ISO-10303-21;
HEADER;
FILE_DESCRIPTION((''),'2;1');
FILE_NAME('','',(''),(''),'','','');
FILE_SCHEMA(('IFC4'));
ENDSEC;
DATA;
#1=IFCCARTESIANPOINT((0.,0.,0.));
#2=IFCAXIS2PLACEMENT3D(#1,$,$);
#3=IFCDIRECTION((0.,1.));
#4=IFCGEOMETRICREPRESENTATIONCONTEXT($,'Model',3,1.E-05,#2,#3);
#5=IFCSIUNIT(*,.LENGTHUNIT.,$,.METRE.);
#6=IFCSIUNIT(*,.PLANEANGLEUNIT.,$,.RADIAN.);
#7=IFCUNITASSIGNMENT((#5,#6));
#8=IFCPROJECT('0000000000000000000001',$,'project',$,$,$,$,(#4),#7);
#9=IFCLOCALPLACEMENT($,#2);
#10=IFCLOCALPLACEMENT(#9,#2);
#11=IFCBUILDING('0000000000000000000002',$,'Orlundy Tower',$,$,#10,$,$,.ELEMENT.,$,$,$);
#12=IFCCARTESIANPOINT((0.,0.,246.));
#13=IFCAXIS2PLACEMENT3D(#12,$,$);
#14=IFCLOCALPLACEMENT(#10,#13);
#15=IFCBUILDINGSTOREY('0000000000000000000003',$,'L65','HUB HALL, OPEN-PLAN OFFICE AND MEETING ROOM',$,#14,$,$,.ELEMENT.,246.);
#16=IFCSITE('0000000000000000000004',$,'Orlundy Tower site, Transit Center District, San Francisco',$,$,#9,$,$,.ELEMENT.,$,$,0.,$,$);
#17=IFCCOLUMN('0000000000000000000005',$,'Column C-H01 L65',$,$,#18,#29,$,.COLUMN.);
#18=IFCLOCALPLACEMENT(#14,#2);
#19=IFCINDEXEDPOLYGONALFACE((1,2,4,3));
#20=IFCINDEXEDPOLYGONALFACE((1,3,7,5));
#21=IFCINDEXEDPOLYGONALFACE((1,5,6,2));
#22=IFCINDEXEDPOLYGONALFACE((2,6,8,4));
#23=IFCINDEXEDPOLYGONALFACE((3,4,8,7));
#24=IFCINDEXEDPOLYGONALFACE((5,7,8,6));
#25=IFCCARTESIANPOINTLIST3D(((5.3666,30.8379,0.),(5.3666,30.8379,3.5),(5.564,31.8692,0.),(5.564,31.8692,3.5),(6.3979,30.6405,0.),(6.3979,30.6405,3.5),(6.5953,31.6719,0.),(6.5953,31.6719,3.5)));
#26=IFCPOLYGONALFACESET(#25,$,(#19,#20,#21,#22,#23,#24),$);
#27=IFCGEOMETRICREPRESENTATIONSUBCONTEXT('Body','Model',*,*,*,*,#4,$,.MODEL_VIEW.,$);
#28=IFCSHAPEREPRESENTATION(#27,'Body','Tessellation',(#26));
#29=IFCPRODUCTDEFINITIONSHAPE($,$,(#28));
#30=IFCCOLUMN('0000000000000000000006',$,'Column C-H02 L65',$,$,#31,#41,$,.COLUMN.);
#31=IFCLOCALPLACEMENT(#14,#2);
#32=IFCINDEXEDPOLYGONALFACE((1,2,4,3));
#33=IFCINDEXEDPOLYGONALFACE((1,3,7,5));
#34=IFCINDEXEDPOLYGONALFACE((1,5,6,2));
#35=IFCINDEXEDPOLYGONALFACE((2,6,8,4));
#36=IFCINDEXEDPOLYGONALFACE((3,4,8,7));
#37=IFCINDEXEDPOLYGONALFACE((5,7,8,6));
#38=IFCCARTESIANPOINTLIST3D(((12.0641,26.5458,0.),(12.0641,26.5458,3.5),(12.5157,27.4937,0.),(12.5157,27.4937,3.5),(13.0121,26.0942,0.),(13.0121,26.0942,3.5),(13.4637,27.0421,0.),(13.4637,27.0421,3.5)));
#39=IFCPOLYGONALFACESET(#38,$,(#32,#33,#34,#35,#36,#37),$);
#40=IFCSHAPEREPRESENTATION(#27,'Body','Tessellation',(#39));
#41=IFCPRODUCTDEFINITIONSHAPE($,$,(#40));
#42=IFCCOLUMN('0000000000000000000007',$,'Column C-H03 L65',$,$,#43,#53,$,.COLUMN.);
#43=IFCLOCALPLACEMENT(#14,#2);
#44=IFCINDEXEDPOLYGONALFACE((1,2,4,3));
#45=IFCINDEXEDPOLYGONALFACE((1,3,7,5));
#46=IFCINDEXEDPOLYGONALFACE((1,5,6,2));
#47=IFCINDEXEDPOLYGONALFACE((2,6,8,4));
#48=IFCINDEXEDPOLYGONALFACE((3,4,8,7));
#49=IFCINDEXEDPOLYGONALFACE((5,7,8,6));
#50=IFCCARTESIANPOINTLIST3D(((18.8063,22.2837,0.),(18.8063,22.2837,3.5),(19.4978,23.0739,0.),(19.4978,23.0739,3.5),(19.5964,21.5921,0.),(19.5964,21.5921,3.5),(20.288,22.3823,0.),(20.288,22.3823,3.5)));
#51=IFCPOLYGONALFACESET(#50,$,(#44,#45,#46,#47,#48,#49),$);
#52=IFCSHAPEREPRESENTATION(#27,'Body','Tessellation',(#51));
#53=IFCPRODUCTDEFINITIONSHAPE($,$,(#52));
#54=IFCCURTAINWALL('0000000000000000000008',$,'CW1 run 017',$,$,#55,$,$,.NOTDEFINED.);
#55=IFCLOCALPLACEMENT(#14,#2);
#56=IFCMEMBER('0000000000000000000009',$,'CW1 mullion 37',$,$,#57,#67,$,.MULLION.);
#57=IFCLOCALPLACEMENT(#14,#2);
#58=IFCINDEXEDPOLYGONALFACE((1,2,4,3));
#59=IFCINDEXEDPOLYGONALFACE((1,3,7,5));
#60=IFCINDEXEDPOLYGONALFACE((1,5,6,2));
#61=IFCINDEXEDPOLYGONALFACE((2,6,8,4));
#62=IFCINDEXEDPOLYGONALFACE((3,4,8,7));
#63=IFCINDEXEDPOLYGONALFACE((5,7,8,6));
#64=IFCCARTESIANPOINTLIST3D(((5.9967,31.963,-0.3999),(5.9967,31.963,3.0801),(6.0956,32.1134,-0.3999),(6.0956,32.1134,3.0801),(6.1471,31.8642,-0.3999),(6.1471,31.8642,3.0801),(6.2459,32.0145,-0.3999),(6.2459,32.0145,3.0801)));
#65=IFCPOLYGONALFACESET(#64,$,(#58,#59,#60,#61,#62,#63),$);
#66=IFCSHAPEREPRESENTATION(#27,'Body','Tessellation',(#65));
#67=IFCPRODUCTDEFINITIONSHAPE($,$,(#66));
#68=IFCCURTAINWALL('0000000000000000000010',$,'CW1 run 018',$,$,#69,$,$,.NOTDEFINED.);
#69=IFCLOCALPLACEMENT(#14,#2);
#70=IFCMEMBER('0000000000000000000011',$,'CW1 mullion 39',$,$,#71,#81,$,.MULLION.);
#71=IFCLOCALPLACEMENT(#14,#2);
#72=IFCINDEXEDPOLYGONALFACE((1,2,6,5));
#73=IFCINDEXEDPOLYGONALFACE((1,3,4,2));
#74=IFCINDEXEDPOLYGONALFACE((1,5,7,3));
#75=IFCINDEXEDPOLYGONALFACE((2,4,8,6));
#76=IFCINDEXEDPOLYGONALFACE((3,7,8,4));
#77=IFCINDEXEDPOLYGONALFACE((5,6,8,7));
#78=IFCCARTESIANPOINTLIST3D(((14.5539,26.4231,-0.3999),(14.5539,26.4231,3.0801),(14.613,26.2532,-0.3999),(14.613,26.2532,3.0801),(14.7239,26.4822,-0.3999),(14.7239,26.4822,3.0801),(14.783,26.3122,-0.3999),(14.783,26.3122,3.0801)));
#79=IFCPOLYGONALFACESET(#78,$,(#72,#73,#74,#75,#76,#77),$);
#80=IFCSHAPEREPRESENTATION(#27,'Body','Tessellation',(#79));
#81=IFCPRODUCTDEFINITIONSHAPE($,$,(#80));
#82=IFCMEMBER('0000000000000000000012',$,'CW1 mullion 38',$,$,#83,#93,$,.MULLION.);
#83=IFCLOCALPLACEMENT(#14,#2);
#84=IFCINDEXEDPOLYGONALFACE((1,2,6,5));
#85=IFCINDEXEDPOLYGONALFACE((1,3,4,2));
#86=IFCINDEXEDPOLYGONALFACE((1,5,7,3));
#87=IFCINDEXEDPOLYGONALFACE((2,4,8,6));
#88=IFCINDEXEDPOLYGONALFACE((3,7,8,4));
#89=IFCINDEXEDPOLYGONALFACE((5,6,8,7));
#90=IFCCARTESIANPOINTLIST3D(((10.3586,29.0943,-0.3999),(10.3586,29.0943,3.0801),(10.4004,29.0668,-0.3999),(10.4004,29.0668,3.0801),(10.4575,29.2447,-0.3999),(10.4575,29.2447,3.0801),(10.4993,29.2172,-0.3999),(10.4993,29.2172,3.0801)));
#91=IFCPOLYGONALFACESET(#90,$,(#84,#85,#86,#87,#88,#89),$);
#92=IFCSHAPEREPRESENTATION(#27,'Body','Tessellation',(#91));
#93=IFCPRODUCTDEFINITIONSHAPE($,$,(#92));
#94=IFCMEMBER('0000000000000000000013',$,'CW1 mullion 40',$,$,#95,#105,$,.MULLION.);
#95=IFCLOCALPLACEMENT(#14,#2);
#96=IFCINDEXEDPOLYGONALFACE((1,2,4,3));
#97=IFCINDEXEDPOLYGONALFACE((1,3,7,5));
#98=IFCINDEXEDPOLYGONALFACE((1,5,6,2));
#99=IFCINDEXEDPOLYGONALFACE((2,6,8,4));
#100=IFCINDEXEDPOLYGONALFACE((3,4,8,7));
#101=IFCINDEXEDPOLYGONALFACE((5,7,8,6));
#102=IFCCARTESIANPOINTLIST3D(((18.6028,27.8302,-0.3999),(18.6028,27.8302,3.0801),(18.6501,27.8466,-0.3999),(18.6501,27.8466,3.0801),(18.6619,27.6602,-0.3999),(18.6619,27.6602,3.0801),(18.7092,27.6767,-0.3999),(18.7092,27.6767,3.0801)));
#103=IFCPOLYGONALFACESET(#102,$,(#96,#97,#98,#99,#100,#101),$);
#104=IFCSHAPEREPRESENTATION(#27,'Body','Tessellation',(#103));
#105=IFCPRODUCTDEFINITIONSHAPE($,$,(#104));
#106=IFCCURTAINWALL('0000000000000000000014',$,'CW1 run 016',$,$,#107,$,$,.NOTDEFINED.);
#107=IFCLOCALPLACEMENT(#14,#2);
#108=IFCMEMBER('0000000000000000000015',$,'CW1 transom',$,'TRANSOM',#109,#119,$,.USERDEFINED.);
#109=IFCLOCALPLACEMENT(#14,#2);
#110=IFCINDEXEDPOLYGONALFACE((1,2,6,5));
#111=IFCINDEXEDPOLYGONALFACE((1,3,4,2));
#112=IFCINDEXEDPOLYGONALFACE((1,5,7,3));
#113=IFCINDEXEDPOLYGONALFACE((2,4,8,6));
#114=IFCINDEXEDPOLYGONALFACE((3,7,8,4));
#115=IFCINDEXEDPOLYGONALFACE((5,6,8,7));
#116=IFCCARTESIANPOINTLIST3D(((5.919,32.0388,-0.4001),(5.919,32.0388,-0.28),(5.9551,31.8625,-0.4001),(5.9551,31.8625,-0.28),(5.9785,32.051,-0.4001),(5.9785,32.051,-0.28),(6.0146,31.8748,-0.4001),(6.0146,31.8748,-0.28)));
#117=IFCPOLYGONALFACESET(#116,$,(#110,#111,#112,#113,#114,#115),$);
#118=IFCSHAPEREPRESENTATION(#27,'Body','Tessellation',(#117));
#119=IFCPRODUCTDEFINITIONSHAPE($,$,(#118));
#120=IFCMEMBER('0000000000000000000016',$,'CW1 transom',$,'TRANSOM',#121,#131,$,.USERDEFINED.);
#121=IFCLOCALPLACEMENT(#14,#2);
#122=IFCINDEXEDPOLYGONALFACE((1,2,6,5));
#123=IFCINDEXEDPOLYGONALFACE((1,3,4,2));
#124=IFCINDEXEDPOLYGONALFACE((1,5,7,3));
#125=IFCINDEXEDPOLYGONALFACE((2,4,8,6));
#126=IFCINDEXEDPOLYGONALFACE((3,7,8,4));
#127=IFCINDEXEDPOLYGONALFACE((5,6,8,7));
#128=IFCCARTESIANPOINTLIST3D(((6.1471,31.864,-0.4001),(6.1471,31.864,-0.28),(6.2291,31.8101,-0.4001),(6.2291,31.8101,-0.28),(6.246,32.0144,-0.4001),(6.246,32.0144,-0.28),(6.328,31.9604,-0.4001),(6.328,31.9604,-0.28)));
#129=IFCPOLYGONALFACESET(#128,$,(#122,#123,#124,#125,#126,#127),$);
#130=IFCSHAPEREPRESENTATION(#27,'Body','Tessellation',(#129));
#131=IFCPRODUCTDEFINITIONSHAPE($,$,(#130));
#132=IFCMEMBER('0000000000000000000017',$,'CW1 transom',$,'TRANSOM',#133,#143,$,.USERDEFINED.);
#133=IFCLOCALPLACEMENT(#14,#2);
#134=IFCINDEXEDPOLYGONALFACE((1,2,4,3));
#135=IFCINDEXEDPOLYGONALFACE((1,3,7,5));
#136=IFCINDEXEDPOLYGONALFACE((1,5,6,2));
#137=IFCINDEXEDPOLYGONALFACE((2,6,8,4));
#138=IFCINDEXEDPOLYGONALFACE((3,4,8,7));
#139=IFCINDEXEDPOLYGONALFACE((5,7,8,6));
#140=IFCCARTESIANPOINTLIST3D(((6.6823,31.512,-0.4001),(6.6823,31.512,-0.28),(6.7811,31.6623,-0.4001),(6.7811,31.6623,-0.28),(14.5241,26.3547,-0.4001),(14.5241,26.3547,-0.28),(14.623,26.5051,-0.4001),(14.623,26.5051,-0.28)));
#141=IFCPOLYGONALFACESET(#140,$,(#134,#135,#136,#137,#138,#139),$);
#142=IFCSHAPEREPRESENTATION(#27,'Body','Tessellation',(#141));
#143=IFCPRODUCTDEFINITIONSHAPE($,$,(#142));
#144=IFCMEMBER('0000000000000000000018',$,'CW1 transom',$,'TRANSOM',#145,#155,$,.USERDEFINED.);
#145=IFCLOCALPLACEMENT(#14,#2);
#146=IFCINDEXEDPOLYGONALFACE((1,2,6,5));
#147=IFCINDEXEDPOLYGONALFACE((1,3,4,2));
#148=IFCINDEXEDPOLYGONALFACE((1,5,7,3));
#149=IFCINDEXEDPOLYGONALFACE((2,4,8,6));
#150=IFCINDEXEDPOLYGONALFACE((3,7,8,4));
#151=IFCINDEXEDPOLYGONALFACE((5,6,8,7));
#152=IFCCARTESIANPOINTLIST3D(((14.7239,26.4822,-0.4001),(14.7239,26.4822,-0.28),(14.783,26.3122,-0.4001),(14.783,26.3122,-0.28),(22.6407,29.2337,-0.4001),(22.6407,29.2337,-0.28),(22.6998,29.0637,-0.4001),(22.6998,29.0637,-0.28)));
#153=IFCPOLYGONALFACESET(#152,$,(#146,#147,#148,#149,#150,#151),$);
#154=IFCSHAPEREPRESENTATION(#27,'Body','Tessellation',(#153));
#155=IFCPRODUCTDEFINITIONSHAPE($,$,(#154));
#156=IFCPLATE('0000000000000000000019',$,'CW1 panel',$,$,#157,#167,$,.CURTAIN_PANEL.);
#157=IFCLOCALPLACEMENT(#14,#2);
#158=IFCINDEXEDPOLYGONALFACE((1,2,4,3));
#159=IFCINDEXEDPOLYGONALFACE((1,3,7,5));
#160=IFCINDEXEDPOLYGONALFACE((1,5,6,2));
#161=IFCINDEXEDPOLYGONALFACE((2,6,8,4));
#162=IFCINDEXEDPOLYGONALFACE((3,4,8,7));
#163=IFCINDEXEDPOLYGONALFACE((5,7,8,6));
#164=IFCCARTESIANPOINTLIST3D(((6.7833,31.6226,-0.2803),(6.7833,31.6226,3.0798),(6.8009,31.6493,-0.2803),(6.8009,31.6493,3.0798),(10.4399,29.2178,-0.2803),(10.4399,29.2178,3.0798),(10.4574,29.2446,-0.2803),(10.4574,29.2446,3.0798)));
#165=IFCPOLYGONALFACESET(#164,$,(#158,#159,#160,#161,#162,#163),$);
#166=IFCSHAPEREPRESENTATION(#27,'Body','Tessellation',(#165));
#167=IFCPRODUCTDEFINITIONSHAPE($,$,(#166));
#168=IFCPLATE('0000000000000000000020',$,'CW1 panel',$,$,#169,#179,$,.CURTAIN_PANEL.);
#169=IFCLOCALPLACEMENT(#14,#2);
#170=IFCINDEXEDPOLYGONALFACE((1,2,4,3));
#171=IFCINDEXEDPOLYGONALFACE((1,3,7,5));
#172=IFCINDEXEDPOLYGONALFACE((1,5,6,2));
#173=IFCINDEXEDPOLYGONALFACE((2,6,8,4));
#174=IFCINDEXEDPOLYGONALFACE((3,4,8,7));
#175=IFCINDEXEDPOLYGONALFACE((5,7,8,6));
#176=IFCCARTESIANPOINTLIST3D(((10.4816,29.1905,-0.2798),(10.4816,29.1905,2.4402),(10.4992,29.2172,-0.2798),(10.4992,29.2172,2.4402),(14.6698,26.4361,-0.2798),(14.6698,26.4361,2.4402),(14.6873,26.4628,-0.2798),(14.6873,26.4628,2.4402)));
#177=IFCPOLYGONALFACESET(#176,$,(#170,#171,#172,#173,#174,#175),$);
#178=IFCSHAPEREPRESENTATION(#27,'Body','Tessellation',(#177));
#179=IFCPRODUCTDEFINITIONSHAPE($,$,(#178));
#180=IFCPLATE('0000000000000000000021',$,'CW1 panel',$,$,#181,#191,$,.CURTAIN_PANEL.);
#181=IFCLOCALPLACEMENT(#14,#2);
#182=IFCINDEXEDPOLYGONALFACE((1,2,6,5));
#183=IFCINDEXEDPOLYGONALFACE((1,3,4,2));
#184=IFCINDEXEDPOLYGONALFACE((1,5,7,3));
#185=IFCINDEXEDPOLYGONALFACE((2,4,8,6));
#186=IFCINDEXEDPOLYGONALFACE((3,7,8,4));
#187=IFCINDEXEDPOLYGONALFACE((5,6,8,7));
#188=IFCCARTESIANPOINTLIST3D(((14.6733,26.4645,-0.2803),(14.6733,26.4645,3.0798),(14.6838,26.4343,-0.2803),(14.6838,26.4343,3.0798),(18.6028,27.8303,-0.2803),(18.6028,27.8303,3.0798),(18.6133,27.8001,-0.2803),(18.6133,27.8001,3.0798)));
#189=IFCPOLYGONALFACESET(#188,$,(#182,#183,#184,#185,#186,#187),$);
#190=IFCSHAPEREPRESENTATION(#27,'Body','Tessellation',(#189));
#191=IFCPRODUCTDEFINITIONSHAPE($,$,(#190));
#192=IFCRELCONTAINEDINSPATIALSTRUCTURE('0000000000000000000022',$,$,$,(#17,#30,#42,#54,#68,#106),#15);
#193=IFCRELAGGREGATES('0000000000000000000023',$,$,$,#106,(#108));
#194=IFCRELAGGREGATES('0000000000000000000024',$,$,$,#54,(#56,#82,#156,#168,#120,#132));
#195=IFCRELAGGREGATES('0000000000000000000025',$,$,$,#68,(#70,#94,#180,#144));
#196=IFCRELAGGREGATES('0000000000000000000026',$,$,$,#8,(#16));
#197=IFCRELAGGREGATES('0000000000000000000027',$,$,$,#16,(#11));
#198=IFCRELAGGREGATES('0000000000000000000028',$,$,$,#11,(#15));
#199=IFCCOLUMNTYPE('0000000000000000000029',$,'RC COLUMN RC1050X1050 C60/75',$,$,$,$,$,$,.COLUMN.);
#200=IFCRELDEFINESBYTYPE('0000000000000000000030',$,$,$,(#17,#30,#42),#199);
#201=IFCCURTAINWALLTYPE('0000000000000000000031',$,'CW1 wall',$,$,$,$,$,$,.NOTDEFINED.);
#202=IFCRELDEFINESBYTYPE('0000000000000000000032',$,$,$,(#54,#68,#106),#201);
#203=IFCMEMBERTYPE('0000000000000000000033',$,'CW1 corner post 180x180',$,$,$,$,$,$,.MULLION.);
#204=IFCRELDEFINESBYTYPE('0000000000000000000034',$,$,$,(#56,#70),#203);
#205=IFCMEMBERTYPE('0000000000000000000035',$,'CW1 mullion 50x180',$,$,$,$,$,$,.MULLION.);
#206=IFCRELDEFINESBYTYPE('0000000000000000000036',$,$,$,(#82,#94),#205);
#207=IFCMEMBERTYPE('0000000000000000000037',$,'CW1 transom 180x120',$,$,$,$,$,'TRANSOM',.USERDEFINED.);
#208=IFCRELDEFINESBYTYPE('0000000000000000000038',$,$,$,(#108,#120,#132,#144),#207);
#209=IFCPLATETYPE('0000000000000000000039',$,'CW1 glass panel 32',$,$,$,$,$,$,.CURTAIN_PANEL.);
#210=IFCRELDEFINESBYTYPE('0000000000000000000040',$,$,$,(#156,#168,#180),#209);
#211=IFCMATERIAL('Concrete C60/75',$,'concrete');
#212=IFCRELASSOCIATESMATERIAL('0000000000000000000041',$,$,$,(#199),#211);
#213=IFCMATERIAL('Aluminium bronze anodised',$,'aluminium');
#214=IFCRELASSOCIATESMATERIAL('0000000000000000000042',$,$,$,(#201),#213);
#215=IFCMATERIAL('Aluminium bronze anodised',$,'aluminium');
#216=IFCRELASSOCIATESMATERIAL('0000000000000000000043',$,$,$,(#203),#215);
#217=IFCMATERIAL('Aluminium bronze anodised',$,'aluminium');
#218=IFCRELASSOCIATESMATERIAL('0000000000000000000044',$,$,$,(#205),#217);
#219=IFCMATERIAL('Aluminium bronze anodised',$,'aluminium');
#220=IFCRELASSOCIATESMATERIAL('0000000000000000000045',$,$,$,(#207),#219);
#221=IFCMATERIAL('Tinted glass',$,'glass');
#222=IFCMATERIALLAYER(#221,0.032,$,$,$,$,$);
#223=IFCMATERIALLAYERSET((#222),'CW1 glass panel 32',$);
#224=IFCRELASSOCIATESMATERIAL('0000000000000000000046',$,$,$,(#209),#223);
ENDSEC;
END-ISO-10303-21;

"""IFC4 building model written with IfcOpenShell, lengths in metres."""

from ifc_helpers import new_model, si_unit, direction, frame, origin, origin_2d, place, context, subcontext, project, spatial, rectangle, extrude, material, layer, layer_set, material_profile, profile_set, type_object, element, aggregate, save


model = new_model("IFC4")

# Units and contexts
model_context = context("Model", 3, precision=1e-05, world=origin(), true_north=direction((0.0, 1.0)))
body_context = subcontext(model_context, "Body", "Model", "MODEL_VIEW")
ifc_project = project(units=[si_unit("LENGTHUNIT", "METRE"), si_unit("PLANEANGLEUNIT", "RADIAN")], contexts=[model_context])

# Site, building, storey
site_placement = place(None, origin())
site = spatial("IfcSite", under=ifc_project, at=site_placement, Name="Orlundy Tower site, Transit Center District, San Francisco", CompositionType="ELEMENT", RefElevation=0.0)
building_placement = place(site_placement, origin())
building = spatial("IfcBuilding", under=site, at=building_placement, Name="Orlundy Tower", CompositionType="ELEMENT")
storey_placement = place(building_placement, frame((0.0, 0.0, 246.0)))
storey = spatial("IfcBuildingStorey", under=building, at=storey_placement, Name="L65", Description="HUB HALL, OPEN-PLAN OFFICE AND MEETING ROOM", CompositionType="ELEMENT", Elevation=246.0)

# Columns
ifc_material_1 = material(Name="Concrete C60/75", Category="concrete")
ifc_material_profile_1 = material_profile(ifc_material_1, rectangle(XDim=1.05, YDim=1.05, at=origin_2d()), Name="RC1050X1050")
ifc_profile_set_1 = profile_set([ifc_material_profile_1], Name="Concrete C60/75")
column_type = type_object("IfcColumnType", Name="RC COLUMN RC1050X1050 C60/75", PredefinedType="COLUMN", material=ifc_profile_set_1)
for number, where, z_axis, x_axis, name in (
    (1, (5.981, 31.2549, 0.0), (0.0, 0.0, 1.0), (0.187947, 0.982179, 0.0), "Column C-H01 L65"),
    (2, (12.7639, 26.7939, 0.0), (0.0, 0.0, 1.0), (0.43007, 0.902796, 0.0), "Column C-H02 L65"),
    (3, (19.5471, 22.333, 0.0), (0.0, 0.0, 1.0), (0.658611, 0.752484, 0.0), "Column C-H03 L65"),
):
    element("IfcColumn", number, at=place(storey_placement, frame(where, z_axis=z_axis, x_axis=x_axis)), inside=storey, type_object=column_type, Name=name, PredefinedType="COLUMN", context=body_context, shape_type="SweptSolid", body=[
        extrude(rectangle(XDim=1.05, YDim=1.05, at=origin_2d()), origin(), (0.0, 0.0, 1.0), 3.5),
    ])

# Curtain walls, members
ifc_material_2 = material(Name="Aluminium bronze anodised", Category="aluminium")
curtain_wall_type = type_object("IfcCurtainWallType", Name="CW1 wall", PredefinedType="NOTDEFINED", material=ifc_material_2)
curtain_wall_1_placement = place(storey_placement, origin())
curtain_wall_1 = element("IfcCurtainWall", 4, at=curtain_wall_1_placement, inside=storey, type_object=curtain_wall_type, Name="CW1 run 017", PredefinedType="NOTDEFINED")
ifc_material_3 = material(Name="Aluminium bronze anodised", Category="aluminium")
ifc_material_profile_2 = material_profile(ifc_material_3, rectangle(XDim=0.1799, YDim=0.1799, at=origin_2d()), Name="CW1 corner post 180x180")
ifc_profile_set_2 = profile_set([ifc_material_profile_2], Name="Aluminium bronze anodised")
member_type_1 = type_object("IfcMemberType", Name="CW1 corner post 180x180", PredefinedType="MULLION", material=ifc_profile_set_2)
member_1_placement = place(storey_placement, frame((6.1213, 31.9888, -0.3999), z_axis=(0.0, 0.0, 1.0), x_axis=(0.549482, 0.835506, 0.0)))
member_1 = element("IfcMember", 5, at=member_1_placement, type_object=member_type_1, Name="CW1 mullion 37", PredefinedType="MULLION", context=body_context, shape_type="SweptSolid", body=[
    extrude(rectangle(XDim=0.1799, YDim=0.1799, at=origin_2d()), origin(), (0.0, 0.0, 1.0), 3.48),
])
curtain_wall_2_placement = place(storey_placement, origin())
curtain_wall_2 = element("IfcCurtainWall", 6, at=curtain_wall_2_placement, inside=storey, type_object=curtain_wall_type, Name="CW1 run 018", PredefinedType="NOTDEFINED")
member_2_placement = place(storey_placement, frame((14.6685, 26.3677, -0.3999), z_axis=(0.0, 0.0, 1.0), x_axis=(-0.328298, 0.944574, 0.0)))
member_2 = element("IfcMember", 7, at=member_2_placement, type_object=member_type_1, Name="CW1 mullion 39", PredefinedType="MULLION", context=body_context, shape_type="SweptSolid", body=[
    extrude(rectangle(XDim=0.1799, YDim=0.1799, at=origin_2d()), origin(), (0.0, 0.0, 1.0), 3.48),
])

# Members
ifc_material_4 = material(Name="Aluminium bronze anodised", Category="aluminium")
ifc_material_profile_3 = material_profile(ifc_material_4, rectangle(XDim=0.1799, YDim=0.05, at=origin_2d()), Name="CW1 mullion 50x180")
ifc_profile_set_3 = profile_set([ifc_material_profile_3], Name="Aluminium bronze anodised")
member_type_2 = type_object("IfcMemberType", Name="CW1 mullion 50x180", PredefinedType="MULLION", material=ifc_profile_set_3)
member_3_placement = place(storey_placement, frame((10.429, 29.1558, -0.3999), z_axis=(0.0, 0.0, 1.0), x_axis=(0.549482, 0.835506, 0.0)))
member_3 = element("IfcMember", 8, at=member_3_placement, type_object=member_type_2, Name="CW1 mullion 38", PredefinedType="MULLION", context=body_context, shape_type="SweptSolid", body=[
    extrude(rectangle(XDim=0.1799, YDim=0.05, at=origin_2d()), origin(), (0.0, 0.0, 1.0), 3.48),
])
member_4_placement = place(storey_placement, frame((18.656, 27.7534, -0.3999), z_axis=(0.0, 0.0, 1.0), x_axis=(-0.328298, 0.944574, 0.0)))
member_4 = element("IfcMember", 9, at=member_4_placement, type_object=member_type_2, Name="CW1 mullion 40", PredefinedType="MULLION", context=body_context, shape_type="SweptSolid", body=[
    extrude(rectangle(XDim=0.1799, YDim=0.05, at=origin_2d()), origin(), (0.0, 0.0, 1.0), 3.48),
])

# Curtain wall, member
curtain_wall_3_placement = place(storey_placement, origin())
curtain_wall_3 = element("IfcCurtainWall", 10, at=curtain_wall_3_placement, inside=storey, type_object=curtain_wall_type, Name="CW1 run 016", PredefinedType="NOTDEFINED")
ifc_material_5 = material(Name="Aluminium bronze anodised", Category="aluminium")
ifc_material_profile_4 = material_profile(ifc_material_5, rectangle(XDim=0.1799, YDim=0.1201, at=origin_2d()), Name="CW1 transom 180x120")
ifc_profile_set_4 = profile_set([ifc_material_profile_4], Name="Aluminium bronze anodised")
member_type_3 = type_object("IfcMemberType", Name="CW1 transom 180x120", ElementType="TRANSOM", PredefinedType="USERDEFINED", material=ifc_profile_set_4)
member_5_placement = place(storey_placement, frame((5.937, 31.9507, -0.3401), z_axis=(0.979643, 0.200747, 0.0), x_axis=(-0.200747, 0.979643, 0.0)))
member_5 = element("IfcMember", 11, at=member_5_placement, type_object=member_type_3, Name="CW1 transom", ObjectType="TRANSOM", PredefinedType="USERDEFINED", context=body_context, shape_type="SweptSolid", body=[
    extrude(rectangle(XDim=0.1799, YDim=0.1201, at=origin_2d()), origin(), (0.0, 0.0, 1.0), 0.0608),
])
aggregate(curtain_wall_3, [member_5])

# Members
member_6_placement = place(storey_placement, frame((6.1965, 31.9392, -0.3401), z_axis=(0.835477, -0.549525, 0.0), x_axis=(0.549525, 0.835477, 0.0)))
member_6 = element("IfcMember", 12, at=member_6_placement, type_object=member_type_3, Name="CW1 transom", ObjectType="TRANSOM", PredefinedType="USERDEFINED", context=body_context, shape_type="SweptSolid", body=[
    extrude(rectangle(XDim=0.1799, YDim=0.1201, at=origin_2d()), origin(), (0.0, 0.0, 1.0), 0.0981),
])
member_7_placement = place(storey_placement, frame((6.7317, 31.5872, -0.3401), z_axis=(0.835508, -0.549479, 0.0), x_axis=(0.549479, 0.835508, 0.0)))
member_7 = element("IfcMember", 13, at=member_7_placement, type_object=member_type_3, Name="CW1 transom", ObjectType="TRANSOM", PredefinedType="USERDEFINED", context=body_context, shape_type="SweptSolid", body=[
    extrude(rectangle(XDim=0.1799, YDim=0.1201, at=origin_2d()), origin(), (0.0, 0.0, 1.0), 9.3857),
])
member_8_placement = place(storey_placement, frame((14.7534, 26.3972, -0.3401), z_axis=(0.944578, 0.328288, 0.0), x_axis=(-0.328288, 0.944578, 0.0)))
member_8 = element("IfcMember", 14, at=member_8_placement, type_object=member_type_3, Name="CW1 transom", ObjectType="TRANSOM", PredefinedType="USERDEFINED", context=body_context, shape_type="SweptSolid", body=[
    extrude(rectangle(XDim=0.1799, YDim=0.1201, at=origin_2d()), origin(), (0.0, 0.0, 1.0), 8.3813),
])

# Plates
ifc_material_6 = material(Name="Tinted glass", Category="glass")
ifc_layer_1 = layer(ifc_material_6, 0.032)
ifc_layer_set_1 = layer_set([ifc_layer_1], Name="CW1 glass panel 32")
plate_type = type_object("IfcPlateType", Name="CW1 glass panel 32", PredefinedType="CURTAIN_PANEL", material=ifc_layer_set_1)
plate_1_placement = place(storey_placement, frame((8.6204, 30.4336, -0.2803), z_axis=(0.0, 0.0, 1.0), x_axis=(0.835506, -0.549482, 0.0)))
plate_1 = element("IfcPlate", 15, at=plate_1_placement, type_object=plate_type, Name="CW1 panel", PredefinedType="CURTAIN_PANEL", context=body_context, shape_type="SweptSolid", body=[
    extrude(rectangle(XDim=4.3765, YDim=0.032, at=origin_2d()), origin(), (0.0, 0.0, 1.0), 3.3601),
])
plate_2_placement = place(storey_placement, frame((12.5845, 27.8267, -0.2798), z_axis=(0.0, 0.0, 1.0), x_axis=(0.835506, -0.549482, 0.0)))
plate_2 = element("IfcPlate", 16, at=plate_2_placement, type_object=plate_type, Name="CW1 panel", PredefinedType="CURTAIN_PANEL", context=body_context, shape_type="SweptSolid", body=[
    extrude(rectangle(XDim=5.0127, YDim=0.032, at=origin_2d()), origin(), (0.0, 0.0, 1.0), 2.72),
])
aggregate(curtain_wall_1, [member_1, member_3, plate_1, plate_2, member_6, member_7])
plate_3_placement = place(storey_placement, frame((16.6433, 27.1323, -0.2803), z_axis=(0.0, 0.0, 1.0), x_axis=(0.944574, 0.328298, 0.0)))
plate_3 = element("IfcPlate", 17, at=plate_3_placement, type_object=plate_type, Name="CW1 panel", PredefinedType="CURTAIN_PANEL", context=body_context, shape_type="SweptSolid", body=[
    extrude(rectangle(XDim=4.1602, YDim=0.032, at=origin_2d()), origin(), (0.0, 0.0, 1.0), 3.3601),
])
aggregate(curtain_wall_2, [member_2, member_4, plate_3, member_8])

save(model, "model.ifc")
